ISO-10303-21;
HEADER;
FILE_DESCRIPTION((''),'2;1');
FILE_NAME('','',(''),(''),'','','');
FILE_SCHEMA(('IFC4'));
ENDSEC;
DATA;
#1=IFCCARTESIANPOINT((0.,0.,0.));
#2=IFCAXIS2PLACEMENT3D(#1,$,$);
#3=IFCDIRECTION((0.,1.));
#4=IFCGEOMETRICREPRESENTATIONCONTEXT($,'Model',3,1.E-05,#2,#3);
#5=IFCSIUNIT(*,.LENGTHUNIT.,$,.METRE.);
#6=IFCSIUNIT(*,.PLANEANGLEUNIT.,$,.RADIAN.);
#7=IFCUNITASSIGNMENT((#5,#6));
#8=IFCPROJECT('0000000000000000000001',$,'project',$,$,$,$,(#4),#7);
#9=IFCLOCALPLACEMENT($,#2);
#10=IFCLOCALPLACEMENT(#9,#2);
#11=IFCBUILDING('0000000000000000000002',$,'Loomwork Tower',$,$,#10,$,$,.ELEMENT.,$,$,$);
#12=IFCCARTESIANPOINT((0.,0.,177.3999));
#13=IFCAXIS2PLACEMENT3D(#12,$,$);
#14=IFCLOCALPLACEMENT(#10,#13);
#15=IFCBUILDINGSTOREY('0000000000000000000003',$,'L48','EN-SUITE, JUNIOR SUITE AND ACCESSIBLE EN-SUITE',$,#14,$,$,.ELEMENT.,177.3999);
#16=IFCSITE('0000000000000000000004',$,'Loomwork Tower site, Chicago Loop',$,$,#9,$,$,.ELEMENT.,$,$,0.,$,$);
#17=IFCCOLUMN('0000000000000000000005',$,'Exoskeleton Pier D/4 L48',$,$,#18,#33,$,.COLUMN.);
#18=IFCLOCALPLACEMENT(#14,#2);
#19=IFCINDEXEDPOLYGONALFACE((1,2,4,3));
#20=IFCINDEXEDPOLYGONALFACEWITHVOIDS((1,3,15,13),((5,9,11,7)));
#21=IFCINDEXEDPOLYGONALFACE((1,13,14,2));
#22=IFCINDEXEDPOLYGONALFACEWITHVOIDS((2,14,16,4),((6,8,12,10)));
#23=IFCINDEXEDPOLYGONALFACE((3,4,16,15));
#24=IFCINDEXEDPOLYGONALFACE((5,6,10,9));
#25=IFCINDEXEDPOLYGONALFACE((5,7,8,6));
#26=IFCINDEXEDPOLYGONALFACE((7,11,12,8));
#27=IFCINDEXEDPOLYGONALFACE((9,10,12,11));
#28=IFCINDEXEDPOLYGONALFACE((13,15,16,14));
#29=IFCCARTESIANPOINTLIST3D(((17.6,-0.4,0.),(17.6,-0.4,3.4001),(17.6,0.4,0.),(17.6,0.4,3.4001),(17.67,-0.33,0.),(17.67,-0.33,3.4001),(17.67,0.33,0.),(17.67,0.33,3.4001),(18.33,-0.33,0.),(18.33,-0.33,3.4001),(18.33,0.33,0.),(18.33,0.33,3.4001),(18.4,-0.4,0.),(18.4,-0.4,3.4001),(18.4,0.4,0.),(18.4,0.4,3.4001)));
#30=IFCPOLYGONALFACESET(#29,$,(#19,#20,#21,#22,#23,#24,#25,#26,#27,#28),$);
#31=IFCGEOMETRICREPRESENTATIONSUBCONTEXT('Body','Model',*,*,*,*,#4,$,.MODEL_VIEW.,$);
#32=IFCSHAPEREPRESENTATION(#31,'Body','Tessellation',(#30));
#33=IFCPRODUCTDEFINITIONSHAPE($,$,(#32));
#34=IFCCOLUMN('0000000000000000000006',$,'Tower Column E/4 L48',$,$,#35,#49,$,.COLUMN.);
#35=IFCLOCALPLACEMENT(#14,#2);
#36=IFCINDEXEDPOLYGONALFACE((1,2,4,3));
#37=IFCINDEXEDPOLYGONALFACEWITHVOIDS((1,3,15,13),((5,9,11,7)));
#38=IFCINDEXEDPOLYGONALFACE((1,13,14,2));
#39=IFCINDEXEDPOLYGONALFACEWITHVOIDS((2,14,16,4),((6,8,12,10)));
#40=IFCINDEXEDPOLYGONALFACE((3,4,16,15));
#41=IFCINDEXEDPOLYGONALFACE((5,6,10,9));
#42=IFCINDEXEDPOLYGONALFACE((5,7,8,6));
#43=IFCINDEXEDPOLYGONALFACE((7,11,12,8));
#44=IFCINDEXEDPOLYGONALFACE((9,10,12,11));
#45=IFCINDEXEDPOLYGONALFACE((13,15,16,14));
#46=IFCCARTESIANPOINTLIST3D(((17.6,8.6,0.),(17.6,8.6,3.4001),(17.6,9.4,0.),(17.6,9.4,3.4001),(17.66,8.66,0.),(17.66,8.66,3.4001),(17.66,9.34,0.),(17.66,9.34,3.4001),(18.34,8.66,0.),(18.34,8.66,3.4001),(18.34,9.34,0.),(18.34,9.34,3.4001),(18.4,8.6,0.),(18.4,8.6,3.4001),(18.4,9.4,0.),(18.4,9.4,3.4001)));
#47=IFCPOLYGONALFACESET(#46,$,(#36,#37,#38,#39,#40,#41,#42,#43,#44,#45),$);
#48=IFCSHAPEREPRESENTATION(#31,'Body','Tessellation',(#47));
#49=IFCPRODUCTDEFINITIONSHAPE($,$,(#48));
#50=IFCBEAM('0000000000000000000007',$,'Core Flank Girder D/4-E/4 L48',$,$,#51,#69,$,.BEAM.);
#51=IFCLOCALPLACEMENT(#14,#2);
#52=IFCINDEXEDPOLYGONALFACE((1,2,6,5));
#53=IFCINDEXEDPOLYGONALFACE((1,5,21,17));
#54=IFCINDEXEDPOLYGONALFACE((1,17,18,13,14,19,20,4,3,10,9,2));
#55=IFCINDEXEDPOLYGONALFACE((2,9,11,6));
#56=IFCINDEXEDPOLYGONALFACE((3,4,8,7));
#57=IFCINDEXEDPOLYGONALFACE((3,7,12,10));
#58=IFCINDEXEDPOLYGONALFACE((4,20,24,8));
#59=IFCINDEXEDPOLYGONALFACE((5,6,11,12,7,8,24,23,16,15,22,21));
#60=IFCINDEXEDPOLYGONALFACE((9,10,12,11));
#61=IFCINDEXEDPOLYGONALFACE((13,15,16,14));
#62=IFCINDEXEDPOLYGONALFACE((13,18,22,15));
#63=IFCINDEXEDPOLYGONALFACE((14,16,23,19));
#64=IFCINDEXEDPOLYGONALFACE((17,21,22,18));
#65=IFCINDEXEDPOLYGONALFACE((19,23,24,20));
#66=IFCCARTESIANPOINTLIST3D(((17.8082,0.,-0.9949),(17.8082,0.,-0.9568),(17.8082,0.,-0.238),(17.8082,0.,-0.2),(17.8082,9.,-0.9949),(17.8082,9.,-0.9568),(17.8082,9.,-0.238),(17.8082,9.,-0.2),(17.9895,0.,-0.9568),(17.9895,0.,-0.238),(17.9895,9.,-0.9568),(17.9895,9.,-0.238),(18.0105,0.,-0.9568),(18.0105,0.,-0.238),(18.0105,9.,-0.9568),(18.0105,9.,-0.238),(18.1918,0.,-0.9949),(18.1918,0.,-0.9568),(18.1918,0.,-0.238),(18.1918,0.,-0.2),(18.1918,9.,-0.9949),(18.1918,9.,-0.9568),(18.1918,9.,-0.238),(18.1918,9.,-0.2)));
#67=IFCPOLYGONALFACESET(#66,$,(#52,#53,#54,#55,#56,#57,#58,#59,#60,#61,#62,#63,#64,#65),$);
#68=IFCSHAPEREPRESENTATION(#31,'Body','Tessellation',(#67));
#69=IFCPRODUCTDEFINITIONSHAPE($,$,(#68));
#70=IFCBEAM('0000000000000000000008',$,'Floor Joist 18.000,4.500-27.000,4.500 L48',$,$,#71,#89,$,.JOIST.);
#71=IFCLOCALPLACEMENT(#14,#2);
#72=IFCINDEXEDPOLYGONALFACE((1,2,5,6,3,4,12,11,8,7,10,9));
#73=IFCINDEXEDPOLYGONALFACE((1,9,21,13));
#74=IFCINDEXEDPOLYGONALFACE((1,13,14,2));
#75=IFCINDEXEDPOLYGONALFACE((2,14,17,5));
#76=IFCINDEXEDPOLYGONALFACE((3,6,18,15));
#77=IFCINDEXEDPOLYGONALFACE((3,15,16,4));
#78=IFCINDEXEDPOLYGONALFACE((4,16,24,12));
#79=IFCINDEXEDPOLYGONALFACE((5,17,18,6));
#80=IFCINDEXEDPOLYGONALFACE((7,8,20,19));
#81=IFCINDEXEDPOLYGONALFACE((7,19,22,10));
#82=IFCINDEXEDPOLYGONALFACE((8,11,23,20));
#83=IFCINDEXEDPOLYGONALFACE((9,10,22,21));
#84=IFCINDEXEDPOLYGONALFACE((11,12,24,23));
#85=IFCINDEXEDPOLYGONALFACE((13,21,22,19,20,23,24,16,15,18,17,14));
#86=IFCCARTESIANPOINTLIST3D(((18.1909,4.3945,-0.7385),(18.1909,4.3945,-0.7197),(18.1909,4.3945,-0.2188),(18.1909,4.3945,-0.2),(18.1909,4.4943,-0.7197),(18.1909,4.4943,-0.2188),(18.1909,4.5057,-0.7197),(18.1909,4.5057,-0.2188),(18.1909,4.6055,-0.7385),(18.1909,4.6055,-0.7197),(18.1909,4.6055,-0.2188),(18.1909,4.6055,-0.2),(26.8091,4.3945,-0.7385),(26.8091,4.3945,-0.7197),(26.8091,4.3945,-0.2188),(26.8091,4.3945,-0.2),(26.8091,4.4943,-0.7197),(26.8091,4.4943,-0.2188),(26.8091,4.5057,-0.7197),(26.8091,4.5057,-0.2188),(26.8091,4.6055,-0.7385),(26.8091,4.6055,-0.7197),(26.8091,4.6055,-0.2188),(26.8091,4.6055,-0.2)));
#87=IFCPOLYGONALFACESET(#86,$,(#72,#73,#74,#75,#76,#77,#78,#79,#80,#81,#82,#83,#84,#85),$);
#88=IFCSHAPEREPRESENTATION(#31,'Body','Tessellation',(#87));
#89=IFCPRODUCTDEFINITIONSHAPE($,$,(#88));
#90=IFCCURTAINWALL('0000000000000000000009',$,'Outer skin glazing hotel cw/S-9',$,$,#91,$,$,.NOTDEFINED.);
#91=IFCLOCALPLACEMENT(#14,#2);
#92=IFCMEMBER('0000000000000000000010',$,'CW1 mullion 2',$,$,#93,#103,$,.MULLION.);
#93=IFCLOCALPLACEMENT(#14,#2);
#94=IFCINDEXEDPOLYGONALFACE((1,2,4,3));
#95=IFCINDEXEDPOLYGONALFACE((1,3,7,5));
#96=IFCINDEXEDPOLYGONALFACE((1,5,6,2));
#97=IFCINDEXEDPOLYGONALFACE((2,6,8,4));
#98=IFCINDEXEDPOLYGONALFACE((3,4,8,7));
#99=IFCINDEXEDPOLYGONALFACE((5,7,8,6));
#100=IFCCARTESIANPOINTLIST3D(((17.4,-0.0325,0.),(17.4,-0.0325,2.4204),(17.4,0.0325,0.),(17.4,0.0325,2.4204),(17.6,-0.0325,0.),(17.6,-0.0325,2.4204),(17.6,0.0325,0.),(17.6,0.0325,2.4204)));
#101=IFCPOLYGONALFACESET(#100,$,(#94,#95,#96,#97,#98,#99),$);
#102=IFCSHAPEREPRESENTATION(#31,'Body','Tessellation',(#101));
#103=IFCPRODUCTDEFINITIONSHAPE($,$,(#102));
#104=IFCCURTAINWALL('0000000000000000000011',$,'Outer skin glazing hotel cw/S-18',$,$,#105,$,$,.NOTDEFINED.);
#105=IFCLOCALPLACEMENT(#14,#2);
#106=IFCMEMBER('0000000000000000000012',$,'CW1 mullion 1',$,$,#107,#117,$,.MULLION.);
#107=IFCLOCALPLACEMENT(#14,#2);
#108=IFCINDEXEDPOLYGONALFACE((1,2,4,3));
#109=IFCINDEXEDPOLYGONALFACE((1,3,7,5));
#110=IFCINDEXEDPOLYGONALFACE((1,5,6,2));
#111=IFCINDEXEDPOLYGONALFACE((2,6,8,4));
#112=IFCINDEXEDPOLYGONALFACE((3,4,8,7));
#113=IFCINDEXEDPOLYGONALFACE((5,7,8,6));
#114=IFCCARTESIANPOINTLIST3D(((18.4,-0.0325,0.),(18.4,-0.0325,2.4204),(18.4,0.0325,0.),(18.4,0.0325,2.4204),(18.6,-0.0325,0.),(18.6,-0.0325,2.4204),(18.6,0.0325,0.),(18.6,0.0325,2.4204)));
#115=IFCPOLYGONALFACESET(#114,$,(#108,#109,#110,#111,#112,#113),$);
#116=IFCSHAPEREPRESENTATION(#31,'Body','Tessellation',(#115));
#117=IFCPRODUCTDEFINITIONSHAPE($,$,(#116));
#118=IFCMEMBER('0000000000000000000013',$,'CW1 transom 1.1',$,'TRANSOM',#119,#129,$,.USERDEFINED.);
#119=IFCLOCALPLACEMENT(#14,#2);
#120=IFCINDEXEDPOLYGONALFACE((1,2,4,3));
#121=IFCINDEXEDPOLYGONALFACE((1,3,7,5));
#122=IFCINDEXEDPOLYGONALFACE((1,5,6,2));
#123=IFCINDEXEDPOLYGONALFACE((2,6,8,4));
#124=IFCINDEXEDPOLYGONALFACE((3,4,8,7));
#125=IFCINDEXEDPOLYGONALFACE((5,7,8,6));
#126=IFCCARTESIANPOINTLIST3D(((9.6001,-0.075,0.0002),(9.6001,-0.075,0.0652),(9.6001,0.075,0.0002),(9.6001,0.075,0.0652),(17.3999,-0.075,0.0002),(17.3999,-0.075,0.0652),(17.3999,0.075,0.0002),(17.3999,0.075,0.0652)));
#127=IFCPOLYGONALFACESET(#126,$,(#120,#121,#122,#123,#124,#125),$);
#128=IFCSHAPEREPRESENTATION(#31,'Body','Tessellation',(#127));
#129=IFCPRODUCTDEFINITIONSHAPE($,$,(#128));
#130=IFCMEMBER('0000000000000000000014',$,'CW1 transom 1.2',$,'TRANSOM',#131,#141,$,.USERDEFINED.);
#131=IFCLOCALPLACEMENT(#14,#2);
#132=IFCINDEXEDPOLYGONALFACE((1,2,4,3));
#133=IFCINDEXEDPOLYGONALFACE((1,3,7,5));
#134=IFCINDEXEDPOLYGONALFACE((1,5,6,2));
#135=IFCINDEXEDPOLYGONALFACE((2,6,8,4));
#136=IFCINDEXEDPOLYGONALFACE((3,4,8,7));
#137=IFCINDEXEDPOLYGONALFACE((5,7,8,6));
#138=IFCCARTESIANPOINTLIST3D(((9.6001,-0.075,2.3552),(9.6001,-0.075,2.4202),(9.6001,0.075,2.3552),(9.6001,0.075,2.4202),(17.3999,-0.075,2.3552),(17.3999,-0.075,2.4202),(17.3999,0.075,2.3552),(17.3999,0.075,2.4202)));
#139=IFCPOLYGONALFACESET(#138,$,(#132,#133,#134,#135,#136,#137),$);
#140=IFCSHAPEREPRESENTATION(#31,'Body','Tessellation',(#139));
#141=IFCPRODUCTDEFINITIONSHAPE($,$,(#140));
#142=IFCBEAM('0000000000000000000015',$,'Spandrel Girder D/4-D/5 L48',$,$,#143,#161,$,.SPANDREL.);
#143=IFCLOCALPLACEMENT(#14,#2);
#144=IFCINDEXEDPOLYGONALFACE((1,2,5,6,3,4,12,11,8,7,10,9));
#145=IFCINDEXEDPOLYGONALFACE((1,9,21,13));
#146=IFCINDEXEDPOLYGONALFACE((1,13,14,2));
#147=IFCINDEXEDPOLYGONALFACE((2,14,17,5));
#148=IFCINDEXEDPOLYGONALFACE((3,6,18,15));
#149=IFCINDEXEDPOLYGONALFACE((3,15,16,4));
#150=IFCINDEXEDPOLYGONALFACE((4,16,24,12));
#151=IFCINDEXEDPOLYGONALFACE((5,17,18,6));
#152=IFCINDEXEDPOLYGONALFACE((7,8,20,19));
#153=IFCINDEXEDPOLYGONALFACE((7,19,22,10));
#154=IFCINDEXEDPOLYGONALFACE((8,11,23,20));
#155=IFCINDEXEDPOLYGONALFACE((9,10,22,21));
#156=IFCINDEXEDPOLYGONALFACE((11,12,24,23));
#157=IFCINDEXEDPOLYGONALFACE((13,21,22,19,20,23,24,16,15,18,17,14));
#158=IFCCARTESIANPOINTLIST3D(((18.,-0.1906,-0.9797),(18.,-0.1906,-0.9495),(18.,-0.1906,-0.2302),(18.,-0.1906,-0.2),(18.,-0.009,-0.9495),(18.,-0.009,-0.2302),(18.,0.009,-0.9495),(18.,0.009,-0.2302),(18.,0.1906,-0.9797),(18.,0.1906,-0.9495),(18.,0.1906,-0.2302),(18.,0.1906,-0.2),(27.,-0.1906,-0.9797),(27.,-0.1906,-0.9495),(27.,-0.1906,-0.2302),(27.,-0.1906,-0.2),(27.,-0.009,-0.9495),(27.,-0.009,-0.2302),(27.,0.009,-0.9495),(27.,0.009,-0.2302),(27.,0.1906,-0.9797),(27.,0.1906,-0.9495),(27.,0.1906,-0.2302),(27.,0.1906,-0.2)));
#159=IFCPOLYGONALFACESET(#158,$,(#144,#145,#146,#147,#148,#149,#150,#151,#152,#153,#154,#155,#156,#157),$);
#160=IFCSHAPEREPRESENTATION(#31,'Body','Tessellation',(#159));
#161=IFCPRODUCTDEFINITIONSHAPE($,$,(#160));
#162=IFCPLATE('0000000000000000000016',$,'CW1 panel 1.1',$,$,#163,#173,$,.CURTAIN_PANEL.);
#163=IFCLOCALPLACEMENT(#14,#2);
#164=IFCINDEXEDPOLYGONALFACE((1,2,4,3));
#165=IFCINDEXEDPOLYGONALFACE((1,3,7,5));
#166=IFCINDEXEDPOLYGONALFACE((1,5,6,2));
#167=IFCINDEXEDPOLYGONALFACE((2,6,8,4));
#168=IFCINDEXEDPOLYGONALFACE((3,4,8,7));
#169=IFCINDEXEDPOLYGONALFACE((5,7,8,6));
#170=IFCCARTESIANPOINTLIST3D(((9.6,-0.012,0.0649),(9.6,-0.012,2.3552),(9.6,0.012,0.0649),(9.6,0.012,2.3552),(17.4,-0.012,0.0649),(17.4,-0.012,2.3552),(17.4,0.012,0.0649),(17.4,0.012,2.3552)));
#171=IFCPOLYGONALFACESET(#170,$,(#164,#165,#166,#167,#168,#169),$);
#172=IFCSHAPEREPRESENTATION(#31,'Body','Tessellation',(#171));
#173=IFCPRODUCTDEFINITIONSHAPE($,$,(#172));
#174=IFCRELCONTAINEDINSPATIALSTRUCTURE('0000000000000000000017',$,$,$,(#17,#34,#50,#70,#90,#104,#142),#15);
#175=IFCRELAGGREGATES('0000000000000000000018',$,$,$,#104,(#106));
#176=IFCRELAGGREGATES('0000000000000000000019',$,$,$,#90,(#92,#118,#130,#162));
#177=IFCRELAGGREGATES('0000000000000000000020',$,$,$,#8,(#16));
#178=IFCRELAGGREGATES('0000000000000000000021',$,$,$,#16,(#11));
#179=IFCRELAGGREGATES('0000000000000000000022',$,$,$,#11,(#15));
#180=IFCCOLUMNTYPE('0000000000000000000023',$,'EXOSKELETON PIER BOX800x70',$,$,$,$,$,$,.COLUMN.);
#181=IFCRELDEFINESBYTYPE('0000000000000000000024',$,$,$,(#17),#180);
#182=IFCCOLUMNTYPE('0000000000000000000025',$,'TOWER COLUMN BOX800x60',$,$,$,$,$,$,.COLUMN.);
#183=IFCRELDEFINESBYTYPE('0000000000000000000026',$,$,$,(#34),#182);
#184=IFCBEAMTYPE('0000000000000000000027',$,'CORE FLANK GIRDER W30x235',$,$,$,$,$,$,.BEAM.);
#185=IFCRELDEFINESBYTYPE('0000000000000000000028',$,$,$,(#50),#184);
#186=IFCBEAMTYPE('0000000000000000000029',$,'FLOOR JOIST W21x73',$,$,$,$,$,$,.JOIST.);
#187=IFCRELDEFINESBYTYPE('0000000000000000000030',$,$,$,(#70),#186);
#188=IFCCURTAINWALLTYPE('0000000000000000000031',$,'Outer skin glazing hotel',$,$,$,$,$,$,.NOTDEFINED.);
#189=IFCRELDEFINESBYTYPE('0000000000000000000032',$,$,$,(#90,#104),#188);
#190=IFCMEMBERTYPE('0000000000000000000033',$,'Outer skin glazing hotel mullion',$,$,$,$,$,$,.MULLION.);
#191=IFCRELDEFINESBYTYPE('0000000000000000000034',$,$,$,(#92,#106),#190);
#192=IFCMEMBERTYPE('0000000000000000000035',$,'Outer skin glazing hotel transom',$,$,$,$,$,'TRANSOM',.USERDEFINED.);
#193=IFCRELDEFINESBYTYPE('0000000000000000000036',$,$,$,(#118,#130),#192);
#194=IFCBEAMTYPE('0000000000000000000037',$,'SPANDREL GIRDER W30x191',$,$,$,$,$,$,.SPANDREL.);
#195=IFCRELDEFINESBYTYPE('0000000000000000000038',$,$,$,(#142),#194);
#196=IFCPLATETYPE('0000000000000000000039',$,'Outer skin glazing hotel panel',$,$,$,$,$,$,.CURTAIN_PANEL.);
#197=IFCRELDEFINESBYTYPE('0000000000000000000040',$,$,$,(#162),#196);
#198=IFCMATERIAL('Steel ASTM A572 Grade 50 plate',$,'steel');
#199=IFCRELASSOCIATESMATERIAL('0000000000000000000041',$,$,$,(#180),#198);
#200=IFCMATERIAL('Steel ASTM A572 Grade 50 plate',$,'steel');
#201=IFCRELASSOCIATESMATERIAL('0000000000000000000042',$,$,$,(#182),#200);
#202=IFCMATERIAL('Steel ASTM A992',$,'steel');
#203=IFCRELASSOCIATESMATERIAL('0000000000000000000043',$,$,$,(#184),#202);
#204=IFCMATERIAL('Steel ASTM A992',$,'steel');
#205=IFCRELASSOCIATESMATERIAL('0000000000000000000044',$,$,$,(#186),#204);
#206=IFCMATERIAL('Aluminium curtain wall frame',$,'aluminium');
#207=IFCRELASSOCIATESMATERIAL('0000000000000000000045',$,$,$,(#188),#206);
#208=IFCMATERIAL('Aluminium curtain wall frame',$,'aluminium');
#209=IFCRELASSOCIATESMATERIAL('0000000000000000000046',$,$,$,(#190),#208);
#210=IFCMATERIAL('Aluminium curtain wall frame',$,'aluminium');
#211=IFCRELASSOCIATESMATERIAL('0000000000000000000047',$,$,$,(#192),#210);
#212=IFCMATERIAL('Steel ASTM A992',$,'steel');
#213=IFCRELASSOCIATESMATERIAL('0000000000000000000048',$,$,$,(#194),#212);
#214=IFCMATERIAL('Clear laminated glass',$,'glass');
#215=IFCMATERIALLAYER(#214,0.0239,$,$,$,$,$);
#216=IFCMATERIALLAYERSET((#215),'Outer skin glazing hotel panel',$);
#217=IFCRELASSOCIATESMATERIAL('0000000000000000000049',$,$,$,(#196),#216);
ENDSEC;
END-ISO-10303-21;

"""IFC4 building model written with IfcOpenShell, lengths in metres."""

from ifc_helpers import new_model, si_unit, direction, frame, origin, origin_2d, place, context, subcontext, project, spatial, rectangle, hollow_rectangle, i_section, extrude, material, layer, layer_set, material_profile, profile_set, type_object, element, aggregate, save


model = new_model("IFC4")

# Units and contexts
model_context = context("Model", 3, precision=1e-05, world=origin(), true_north=direction((0.0, 1.0)))
body_context = subcontext(model_context, "Body", "Model", "MODEL_VIEW")
ifc_project = project(units=[si_unit("LENGTHUNIT", "METRE"), si_unit("PLANEANGLEUNIT", "RADIAN")], contexts=[model_context])

# Site, building, storey
site_placement = place(None, origin())
site = spatial("IfcSite", under=ifc_project, at=site_placement, Name="Loomwork Tower site, Chicago Loop", CompositionType="ELEMENT", RefElevation=0.0)
building_placement = place(site_placement, origin())
building = spatial("IfcBuilding", under=site, at=building_placement, Name="Loomwork Tower", CompositionType="ELEMENT")
storey_placement = place(building_placement, frame((0.0, 0.0, 177.3999)))
storey = spatial("IfcBuildingStorey", under=building, at=storey_placement, Name="L48", Description="EN-SUITE, JUNIOR SUITE AND ACCESSIBLE EN-SUITE", CompositionType="ELEMENT", Elevation=177.3999)

# Columns
ifc_material_1 = material(Name="Steel ASTM A572 Grade 50 plate", Category="steel")
ifc_material_profile_1 = material_profile(ifc_material_1, hollow_rectangle(XDim=0.8, YDim=0.8, WallThickness=0.0701, at=origin_2d()), Name="BOX800x70")
ifc_profile_set_1 = profile_set([ifc_material_profile_1], Name="Steel ASTM A572 Grade 50 plate")
column_type_1 = type_object("IfcColumnType", Name="EXOSKELETON PIER BOX800x70", PredefinedType="COLUMN", material=ifc_profile_set_1)
column_1_placement = place(storey_placement, frame((18.0, 0.0, 0.0), z_axis=(0.0, 0.0, 1.0), x_axis=(1.0, 0.0, 0.0)))
element("IfcColumn", 1, at=column_1_placement, inside=storey, type_object=column_type_1, Name="Exoskeleton Pier D/4 L48", PredefinedType="COLUMN", context=body_context, shape_type="SweptSolid", body=[
    extrude(hollow_rectangle(XDim=0.8, YDim=0.8, WallThickness=0.0701, at=origin_2d()), origin(), (0.0, 0.0, 1.0), 3.4001),
])
ifc_material_2 = material(Name="Steel ASTM A572 Grade 50 plate", Category="steel")
ifc_material_profile_2 = material_profile(ifc_material_2, hollow_rectangle(XDim=0.8, YDim=0.8, WallThickness=0.0601, at=origin_2d()), Name="BOX800x60")
ifc_profile_set_2 = profile_set([ifc_material_profile_2], Name="Steel ASTM A572 Grade 50 plate")
column_type_2 = type_object("IfcColumnType", Name="TOWER COLUMN BOX800x60", PredefinedType="COLUMN", material=ifc_profile_set_2)
column_2_placement = place(storey_placement, frame((18.0, 9.0, 0.0), z_axis=(0.0, 0.0, 1.0), x_axis=(1.0, 0.0, 0.0)))
element("IfcColumn", 2, at=column_2_placement, inside=storey, type_object=column_type_2, Name="Tower Column E/4 L48", PredefinedType="COLUMN", context=body_context, shape_type="SweptSolid", body=[
    extrude(hollow_rectangle(XDim=0.8, YDim=0.8, WallThickness=0.0601, at=origin_2d()), origin(), (0.0, 0.0, 1.0), 3.4001),
])

# Beams
ifc_material_3 = material(Name="Steel ASTM A992", Category="steel")
ifc_material_profile_3 = material_profile(ifc_material_3, i_section(OverallWidth=0.3835, OverallDepth=0.7949, WebThickness=0.021, FlangeThickness=0.0381, at=origin_2d()), Name="W30x235")
ifc_profile_set_3 = profile_set([ifc_material_profile_3], Name="Steel ASTM A992")
beam_type_1 = type_object("IfcBeamType", Name="CORE FLANK GIRDER W30x235", PredefinedType="BEAM", material=ifc_profile_set_3)
beam_1_placement = place(storey_placement, frame((18.0, 0.0, -0.5974), z_axis=(0.0, 1.0, 0.0), x_axis=(-1.0, 0.0, 0.0)))
element("IfcBeam", 3, at=beam_1_placement, inside=storey, type_object=beam_type_1, Name="Core Flank Girder D/4-E/4 L48", PredefinedType="BEAM", context=body_context, shape_type="SweptSolid", body=[
    extrude(i_section(OverallWidth=0.3835, OverallDepth=0.7949, WebThickness=0.021, FlangeThickness=0.0381, at=origin_2d()), origin(), (0.0, 0.0, 1.0), 9.0),
])
ifc_material_4 = material(Name="Steel ASTM A992", Category="steel")
ifc_material_profile_4 = material_profile(ifc_material_4, i_section(OverallWidth=0.2109, OverallDepth=0.5386, WebThickness=0.0115, FlangeThickness=0.0188, at=origin_2d()), Name="W21x73")
ifc_profile_set_4 = profile_set([ifc_material_profile_4], Name="Steel ASTM A992")
beam_type_2 = type_object("IfcBeamType", Name="FLOOR JOIST W21x73", PredefinedType="JOIST", material=ifc_profile_set_4)
beam_2_placement = place(storey_placement, frame((18.1909, 4.5, -0.4692), z_axis=(1.0, 0.0, 0.0), x_axis=(0.0, 1.0, 0.0)))
element("IfcBeam", 4, at=beam_2_placement, inside=storey, type_object=beam_type_2, Name="Floor Joist 18.000,4.500-27.000,4.500 L48", PredefinedType="JOIST", context=body_context, shape_type="SweptSolid", body=[
    extrude(i_section(OverallWidth=0.2109, OverallDepth=0.5386, WebThickness=0.0115, FlangeThickness=0.0188, at=origin_2d()), origin(), (0.0, 0.0, 1.0), 8.6182),
])

# Curtain walls, members
ifc_material_5 = material(Name="Aluminium curtain wall frame", Category="aluminium")
curtain_wall_type = type_object("IfcCurtainWallType", Name="Outer skin glazing hotel", PredefinedType="NOTDEFINED", material=ifc_material_5)
curtain_wall_1_placement = place(storey_placement, origin())
curtain_wall_1 = element("IfcCurtainWall", 5, at=curtain_wall_1_placement, inside=storey, type_object=curtain_wall_type, Name="Outer skin glazing hotel cw/S-9", PredefinedType="NOTDEFINED")
ifc_material_6 = material(Name="Aluminium curtain wall frame", Category="aluminium")
ifc_material_profile_5 = material_profile(ifc_material_6, rectangle(XDim=0.0649, YDim=0.2, at=origin_2d()), Name="AL 65x200")
ifc_profile_set_5 = profile_set([ifc_material_profile_5], Name="Aluminium curtain wall frame")
member_type_1 = type_object("IfcMemberType", Name="Outer skin glazing hotel mullion", PredefinedType="MULLION", material=ifc_profile_set_5)
member_1_placement = place(storey_placement, frame((17.5, 0.0, 0.0), z_axis=(0.0, 0.0, 1.0), x_axis=(0.0, 1.0, 0.0)))
member_1 = element("IfcMember", 6, at=member_1_placement, type_object=member_type_1, Name="CW1 mullion 2", PredefinedType="MULLION", context=body_context, shape_type="SweptSolid", body=[
    extrude(rectangle(XDim=0.0649, YDim=0.2, at=origin_2d()), origin(), (0.0, 0.0, 1.0), 2.4204),
])
curtain_wall_2_placement = place(storey_placement, origin())
curtain_wall_2 = element("IfcCurtainWall", 7, at=curtain_wall_2_placement, inside=storey, type_object=curtain_wall_type, Name="Outer skin glazing hotel cw/S-18", PredefinedType="NOTDEFINED")
member_2_placement = place(storey_placement, frame((18.5, 0.0, 0.0), z_axis=(0.0, 0.0, 1.0), x_axis=(0.0, 1.0, 0.0)))
member_2 = element("IfcMember", 8, at=member_2_placement, type_object=member_type_1, Name="CW1 mullion 1", PredefinedType="MULLION", context=body_context, shape_type="SweptSolid", body=[
    extrude(rectangle(XDim=0.0649, YDim=0.2, at=origin_2d()), origin(), (0.0, 0.0, 1.0), 2.4204),
])
aggregate(curtain_wall_2, [member_2])

# Members
ifc_material_7 = material(Name="Aluminium curtain wall frame", Category="aluminium")
ifc_material_profile_6 = material_profile(ifc_material_7, rectangle(XDim=0.1499, YDim=0.0649, at=origin_2d()), Name="AL 65x150")
ifc_profile_set_6 = profile_set([ifc_material_profile_6], Name="Aluminium curtain wall frame")
member_type_2 = type_object("IfcMemberType", Name="Outer skin glazing hotel transom", ElementType="TRANSOM", PredefinedType="USERDEFINED", material=ifc_profile_set_6)
member_3_placement = place(storey_placement, frame((9.6001, 0.0, 0.0327), z_axis=(1.0, 0.0, 0.0), x_axis=(0.0, 1.0, 0.0)))
member_3 = element("IfcMember", 9, at=member_3_placement, type_object=member_type_2, Name="CW1 transom 1.1", ObjectType="TRANSOM", PredefinedType="USERDEFINED", context=body_context, shape_type="SweptSolid", body=[
    extrude(rectangle(XDim=0.1499, YDim=0.0649, at=origin_2d()), origin(), (0.0, 0.0, 1.0), 7.7998),
])
member_4_placement = place(storey_placement, frame((9.6001, 0.0, 2.3877), z_axis=(1.0, 0.0, 0.0), x_axis=(0.0, 1.0, 0.0)))
member_4 = element("IfcMember", 10, at=member_4_placement, type_object=member_type_2, Name="CW1 transom 1.2", ObjectType="TRANSOM", PredefinedType="USERDEFINED", context=body_context, shape_type="SweptSolid", body=[
    extrude(rectangle(XDim=0.1499, YDim=0.0649, at=origin_2d()), origin(), (0.0, 0.0, 1.0), 7.7998),
])

# Beam
ifc_material_8 = material(Name="Steel ASTM A992", Category="steel")
ifc_material_profile_7 = material_profile(ifc_material_8, i_section(OverallWidth=0.3811, OverallDepth=0.7798, WebThickness=0.0181, FlangeThickness=0.0303, at=origin_2d()), Name="W30x191")
ifc_profile_set_7 = profile_set([ifc_material_profile_7], Name="Steel ASTM A992")
beam_type_3 = type_object("IfcBeamType", Name="SPANDREL GIRDER W30x191", PredefinedType="SPANDREL", material=ifc_profile_set_7)
beam_3_placement = place(storey_placement, frame((18.0, 0.0, -0.5898), z_axis=(1.0, 0.0, 0.0), x_axis=(0.0, 1.0, 0.0)))
element("IfcBeam", 11, at=beam_3_placement, inside=storey, type_object=beam_type_3, Name="Spandrel Girder D/4-D/5 L48", PredefinedType="SPANDREL", context=body_context, shape_type="SweptSolid", body=[
    extrude(i_section(OverallWidth=0.3811, OverallDepth=0.7798, WebThickness=0.0181, FlangeThickness=0.0303, at=origin_2d()), origin(), (0.0, 0.0, 1.0), 9.0),
])

# Plate
ifc_material_9 = material(Name="Clear laminated glass", Category="glass")
ifc_layer_1 = layer(ifc_material_9, 0.0239)
ifc_layer_set_1 = layer_set([ifc_layer_1], Name="Outer skin glazing hotel panel")
plate_type = type_object("IfcPlateType", Name="Outer skin glazing hotel panel", PredefinedType="CURTAIN_PANEL", material=ifc_layer_set_1)
plate_placement = place(storey_placement, frame((13.5, 0.0, 0.0649), z_axis=(0.0, 0.0, 1.0), x_axis=(1.0, 0.0, 0.0)))
plate = element("IfcPlate", 12, at=plate_placement, type_object=plate_type, Name="CW1 panel 1.1", PredefinedType="CURTAIN_PANEL", context=body_context, shape_type="SweptSolid", body=[
    extrude(rectangle(XDim=7.8, YDim=0.0239, at=origin_2d()), origin(), (0.0, 0.0, 1.0), 2.2903),
])
aggregate(curtain_wall_1, [member_1, member_3, member_4, plate])

save(model, "model.ifc")
